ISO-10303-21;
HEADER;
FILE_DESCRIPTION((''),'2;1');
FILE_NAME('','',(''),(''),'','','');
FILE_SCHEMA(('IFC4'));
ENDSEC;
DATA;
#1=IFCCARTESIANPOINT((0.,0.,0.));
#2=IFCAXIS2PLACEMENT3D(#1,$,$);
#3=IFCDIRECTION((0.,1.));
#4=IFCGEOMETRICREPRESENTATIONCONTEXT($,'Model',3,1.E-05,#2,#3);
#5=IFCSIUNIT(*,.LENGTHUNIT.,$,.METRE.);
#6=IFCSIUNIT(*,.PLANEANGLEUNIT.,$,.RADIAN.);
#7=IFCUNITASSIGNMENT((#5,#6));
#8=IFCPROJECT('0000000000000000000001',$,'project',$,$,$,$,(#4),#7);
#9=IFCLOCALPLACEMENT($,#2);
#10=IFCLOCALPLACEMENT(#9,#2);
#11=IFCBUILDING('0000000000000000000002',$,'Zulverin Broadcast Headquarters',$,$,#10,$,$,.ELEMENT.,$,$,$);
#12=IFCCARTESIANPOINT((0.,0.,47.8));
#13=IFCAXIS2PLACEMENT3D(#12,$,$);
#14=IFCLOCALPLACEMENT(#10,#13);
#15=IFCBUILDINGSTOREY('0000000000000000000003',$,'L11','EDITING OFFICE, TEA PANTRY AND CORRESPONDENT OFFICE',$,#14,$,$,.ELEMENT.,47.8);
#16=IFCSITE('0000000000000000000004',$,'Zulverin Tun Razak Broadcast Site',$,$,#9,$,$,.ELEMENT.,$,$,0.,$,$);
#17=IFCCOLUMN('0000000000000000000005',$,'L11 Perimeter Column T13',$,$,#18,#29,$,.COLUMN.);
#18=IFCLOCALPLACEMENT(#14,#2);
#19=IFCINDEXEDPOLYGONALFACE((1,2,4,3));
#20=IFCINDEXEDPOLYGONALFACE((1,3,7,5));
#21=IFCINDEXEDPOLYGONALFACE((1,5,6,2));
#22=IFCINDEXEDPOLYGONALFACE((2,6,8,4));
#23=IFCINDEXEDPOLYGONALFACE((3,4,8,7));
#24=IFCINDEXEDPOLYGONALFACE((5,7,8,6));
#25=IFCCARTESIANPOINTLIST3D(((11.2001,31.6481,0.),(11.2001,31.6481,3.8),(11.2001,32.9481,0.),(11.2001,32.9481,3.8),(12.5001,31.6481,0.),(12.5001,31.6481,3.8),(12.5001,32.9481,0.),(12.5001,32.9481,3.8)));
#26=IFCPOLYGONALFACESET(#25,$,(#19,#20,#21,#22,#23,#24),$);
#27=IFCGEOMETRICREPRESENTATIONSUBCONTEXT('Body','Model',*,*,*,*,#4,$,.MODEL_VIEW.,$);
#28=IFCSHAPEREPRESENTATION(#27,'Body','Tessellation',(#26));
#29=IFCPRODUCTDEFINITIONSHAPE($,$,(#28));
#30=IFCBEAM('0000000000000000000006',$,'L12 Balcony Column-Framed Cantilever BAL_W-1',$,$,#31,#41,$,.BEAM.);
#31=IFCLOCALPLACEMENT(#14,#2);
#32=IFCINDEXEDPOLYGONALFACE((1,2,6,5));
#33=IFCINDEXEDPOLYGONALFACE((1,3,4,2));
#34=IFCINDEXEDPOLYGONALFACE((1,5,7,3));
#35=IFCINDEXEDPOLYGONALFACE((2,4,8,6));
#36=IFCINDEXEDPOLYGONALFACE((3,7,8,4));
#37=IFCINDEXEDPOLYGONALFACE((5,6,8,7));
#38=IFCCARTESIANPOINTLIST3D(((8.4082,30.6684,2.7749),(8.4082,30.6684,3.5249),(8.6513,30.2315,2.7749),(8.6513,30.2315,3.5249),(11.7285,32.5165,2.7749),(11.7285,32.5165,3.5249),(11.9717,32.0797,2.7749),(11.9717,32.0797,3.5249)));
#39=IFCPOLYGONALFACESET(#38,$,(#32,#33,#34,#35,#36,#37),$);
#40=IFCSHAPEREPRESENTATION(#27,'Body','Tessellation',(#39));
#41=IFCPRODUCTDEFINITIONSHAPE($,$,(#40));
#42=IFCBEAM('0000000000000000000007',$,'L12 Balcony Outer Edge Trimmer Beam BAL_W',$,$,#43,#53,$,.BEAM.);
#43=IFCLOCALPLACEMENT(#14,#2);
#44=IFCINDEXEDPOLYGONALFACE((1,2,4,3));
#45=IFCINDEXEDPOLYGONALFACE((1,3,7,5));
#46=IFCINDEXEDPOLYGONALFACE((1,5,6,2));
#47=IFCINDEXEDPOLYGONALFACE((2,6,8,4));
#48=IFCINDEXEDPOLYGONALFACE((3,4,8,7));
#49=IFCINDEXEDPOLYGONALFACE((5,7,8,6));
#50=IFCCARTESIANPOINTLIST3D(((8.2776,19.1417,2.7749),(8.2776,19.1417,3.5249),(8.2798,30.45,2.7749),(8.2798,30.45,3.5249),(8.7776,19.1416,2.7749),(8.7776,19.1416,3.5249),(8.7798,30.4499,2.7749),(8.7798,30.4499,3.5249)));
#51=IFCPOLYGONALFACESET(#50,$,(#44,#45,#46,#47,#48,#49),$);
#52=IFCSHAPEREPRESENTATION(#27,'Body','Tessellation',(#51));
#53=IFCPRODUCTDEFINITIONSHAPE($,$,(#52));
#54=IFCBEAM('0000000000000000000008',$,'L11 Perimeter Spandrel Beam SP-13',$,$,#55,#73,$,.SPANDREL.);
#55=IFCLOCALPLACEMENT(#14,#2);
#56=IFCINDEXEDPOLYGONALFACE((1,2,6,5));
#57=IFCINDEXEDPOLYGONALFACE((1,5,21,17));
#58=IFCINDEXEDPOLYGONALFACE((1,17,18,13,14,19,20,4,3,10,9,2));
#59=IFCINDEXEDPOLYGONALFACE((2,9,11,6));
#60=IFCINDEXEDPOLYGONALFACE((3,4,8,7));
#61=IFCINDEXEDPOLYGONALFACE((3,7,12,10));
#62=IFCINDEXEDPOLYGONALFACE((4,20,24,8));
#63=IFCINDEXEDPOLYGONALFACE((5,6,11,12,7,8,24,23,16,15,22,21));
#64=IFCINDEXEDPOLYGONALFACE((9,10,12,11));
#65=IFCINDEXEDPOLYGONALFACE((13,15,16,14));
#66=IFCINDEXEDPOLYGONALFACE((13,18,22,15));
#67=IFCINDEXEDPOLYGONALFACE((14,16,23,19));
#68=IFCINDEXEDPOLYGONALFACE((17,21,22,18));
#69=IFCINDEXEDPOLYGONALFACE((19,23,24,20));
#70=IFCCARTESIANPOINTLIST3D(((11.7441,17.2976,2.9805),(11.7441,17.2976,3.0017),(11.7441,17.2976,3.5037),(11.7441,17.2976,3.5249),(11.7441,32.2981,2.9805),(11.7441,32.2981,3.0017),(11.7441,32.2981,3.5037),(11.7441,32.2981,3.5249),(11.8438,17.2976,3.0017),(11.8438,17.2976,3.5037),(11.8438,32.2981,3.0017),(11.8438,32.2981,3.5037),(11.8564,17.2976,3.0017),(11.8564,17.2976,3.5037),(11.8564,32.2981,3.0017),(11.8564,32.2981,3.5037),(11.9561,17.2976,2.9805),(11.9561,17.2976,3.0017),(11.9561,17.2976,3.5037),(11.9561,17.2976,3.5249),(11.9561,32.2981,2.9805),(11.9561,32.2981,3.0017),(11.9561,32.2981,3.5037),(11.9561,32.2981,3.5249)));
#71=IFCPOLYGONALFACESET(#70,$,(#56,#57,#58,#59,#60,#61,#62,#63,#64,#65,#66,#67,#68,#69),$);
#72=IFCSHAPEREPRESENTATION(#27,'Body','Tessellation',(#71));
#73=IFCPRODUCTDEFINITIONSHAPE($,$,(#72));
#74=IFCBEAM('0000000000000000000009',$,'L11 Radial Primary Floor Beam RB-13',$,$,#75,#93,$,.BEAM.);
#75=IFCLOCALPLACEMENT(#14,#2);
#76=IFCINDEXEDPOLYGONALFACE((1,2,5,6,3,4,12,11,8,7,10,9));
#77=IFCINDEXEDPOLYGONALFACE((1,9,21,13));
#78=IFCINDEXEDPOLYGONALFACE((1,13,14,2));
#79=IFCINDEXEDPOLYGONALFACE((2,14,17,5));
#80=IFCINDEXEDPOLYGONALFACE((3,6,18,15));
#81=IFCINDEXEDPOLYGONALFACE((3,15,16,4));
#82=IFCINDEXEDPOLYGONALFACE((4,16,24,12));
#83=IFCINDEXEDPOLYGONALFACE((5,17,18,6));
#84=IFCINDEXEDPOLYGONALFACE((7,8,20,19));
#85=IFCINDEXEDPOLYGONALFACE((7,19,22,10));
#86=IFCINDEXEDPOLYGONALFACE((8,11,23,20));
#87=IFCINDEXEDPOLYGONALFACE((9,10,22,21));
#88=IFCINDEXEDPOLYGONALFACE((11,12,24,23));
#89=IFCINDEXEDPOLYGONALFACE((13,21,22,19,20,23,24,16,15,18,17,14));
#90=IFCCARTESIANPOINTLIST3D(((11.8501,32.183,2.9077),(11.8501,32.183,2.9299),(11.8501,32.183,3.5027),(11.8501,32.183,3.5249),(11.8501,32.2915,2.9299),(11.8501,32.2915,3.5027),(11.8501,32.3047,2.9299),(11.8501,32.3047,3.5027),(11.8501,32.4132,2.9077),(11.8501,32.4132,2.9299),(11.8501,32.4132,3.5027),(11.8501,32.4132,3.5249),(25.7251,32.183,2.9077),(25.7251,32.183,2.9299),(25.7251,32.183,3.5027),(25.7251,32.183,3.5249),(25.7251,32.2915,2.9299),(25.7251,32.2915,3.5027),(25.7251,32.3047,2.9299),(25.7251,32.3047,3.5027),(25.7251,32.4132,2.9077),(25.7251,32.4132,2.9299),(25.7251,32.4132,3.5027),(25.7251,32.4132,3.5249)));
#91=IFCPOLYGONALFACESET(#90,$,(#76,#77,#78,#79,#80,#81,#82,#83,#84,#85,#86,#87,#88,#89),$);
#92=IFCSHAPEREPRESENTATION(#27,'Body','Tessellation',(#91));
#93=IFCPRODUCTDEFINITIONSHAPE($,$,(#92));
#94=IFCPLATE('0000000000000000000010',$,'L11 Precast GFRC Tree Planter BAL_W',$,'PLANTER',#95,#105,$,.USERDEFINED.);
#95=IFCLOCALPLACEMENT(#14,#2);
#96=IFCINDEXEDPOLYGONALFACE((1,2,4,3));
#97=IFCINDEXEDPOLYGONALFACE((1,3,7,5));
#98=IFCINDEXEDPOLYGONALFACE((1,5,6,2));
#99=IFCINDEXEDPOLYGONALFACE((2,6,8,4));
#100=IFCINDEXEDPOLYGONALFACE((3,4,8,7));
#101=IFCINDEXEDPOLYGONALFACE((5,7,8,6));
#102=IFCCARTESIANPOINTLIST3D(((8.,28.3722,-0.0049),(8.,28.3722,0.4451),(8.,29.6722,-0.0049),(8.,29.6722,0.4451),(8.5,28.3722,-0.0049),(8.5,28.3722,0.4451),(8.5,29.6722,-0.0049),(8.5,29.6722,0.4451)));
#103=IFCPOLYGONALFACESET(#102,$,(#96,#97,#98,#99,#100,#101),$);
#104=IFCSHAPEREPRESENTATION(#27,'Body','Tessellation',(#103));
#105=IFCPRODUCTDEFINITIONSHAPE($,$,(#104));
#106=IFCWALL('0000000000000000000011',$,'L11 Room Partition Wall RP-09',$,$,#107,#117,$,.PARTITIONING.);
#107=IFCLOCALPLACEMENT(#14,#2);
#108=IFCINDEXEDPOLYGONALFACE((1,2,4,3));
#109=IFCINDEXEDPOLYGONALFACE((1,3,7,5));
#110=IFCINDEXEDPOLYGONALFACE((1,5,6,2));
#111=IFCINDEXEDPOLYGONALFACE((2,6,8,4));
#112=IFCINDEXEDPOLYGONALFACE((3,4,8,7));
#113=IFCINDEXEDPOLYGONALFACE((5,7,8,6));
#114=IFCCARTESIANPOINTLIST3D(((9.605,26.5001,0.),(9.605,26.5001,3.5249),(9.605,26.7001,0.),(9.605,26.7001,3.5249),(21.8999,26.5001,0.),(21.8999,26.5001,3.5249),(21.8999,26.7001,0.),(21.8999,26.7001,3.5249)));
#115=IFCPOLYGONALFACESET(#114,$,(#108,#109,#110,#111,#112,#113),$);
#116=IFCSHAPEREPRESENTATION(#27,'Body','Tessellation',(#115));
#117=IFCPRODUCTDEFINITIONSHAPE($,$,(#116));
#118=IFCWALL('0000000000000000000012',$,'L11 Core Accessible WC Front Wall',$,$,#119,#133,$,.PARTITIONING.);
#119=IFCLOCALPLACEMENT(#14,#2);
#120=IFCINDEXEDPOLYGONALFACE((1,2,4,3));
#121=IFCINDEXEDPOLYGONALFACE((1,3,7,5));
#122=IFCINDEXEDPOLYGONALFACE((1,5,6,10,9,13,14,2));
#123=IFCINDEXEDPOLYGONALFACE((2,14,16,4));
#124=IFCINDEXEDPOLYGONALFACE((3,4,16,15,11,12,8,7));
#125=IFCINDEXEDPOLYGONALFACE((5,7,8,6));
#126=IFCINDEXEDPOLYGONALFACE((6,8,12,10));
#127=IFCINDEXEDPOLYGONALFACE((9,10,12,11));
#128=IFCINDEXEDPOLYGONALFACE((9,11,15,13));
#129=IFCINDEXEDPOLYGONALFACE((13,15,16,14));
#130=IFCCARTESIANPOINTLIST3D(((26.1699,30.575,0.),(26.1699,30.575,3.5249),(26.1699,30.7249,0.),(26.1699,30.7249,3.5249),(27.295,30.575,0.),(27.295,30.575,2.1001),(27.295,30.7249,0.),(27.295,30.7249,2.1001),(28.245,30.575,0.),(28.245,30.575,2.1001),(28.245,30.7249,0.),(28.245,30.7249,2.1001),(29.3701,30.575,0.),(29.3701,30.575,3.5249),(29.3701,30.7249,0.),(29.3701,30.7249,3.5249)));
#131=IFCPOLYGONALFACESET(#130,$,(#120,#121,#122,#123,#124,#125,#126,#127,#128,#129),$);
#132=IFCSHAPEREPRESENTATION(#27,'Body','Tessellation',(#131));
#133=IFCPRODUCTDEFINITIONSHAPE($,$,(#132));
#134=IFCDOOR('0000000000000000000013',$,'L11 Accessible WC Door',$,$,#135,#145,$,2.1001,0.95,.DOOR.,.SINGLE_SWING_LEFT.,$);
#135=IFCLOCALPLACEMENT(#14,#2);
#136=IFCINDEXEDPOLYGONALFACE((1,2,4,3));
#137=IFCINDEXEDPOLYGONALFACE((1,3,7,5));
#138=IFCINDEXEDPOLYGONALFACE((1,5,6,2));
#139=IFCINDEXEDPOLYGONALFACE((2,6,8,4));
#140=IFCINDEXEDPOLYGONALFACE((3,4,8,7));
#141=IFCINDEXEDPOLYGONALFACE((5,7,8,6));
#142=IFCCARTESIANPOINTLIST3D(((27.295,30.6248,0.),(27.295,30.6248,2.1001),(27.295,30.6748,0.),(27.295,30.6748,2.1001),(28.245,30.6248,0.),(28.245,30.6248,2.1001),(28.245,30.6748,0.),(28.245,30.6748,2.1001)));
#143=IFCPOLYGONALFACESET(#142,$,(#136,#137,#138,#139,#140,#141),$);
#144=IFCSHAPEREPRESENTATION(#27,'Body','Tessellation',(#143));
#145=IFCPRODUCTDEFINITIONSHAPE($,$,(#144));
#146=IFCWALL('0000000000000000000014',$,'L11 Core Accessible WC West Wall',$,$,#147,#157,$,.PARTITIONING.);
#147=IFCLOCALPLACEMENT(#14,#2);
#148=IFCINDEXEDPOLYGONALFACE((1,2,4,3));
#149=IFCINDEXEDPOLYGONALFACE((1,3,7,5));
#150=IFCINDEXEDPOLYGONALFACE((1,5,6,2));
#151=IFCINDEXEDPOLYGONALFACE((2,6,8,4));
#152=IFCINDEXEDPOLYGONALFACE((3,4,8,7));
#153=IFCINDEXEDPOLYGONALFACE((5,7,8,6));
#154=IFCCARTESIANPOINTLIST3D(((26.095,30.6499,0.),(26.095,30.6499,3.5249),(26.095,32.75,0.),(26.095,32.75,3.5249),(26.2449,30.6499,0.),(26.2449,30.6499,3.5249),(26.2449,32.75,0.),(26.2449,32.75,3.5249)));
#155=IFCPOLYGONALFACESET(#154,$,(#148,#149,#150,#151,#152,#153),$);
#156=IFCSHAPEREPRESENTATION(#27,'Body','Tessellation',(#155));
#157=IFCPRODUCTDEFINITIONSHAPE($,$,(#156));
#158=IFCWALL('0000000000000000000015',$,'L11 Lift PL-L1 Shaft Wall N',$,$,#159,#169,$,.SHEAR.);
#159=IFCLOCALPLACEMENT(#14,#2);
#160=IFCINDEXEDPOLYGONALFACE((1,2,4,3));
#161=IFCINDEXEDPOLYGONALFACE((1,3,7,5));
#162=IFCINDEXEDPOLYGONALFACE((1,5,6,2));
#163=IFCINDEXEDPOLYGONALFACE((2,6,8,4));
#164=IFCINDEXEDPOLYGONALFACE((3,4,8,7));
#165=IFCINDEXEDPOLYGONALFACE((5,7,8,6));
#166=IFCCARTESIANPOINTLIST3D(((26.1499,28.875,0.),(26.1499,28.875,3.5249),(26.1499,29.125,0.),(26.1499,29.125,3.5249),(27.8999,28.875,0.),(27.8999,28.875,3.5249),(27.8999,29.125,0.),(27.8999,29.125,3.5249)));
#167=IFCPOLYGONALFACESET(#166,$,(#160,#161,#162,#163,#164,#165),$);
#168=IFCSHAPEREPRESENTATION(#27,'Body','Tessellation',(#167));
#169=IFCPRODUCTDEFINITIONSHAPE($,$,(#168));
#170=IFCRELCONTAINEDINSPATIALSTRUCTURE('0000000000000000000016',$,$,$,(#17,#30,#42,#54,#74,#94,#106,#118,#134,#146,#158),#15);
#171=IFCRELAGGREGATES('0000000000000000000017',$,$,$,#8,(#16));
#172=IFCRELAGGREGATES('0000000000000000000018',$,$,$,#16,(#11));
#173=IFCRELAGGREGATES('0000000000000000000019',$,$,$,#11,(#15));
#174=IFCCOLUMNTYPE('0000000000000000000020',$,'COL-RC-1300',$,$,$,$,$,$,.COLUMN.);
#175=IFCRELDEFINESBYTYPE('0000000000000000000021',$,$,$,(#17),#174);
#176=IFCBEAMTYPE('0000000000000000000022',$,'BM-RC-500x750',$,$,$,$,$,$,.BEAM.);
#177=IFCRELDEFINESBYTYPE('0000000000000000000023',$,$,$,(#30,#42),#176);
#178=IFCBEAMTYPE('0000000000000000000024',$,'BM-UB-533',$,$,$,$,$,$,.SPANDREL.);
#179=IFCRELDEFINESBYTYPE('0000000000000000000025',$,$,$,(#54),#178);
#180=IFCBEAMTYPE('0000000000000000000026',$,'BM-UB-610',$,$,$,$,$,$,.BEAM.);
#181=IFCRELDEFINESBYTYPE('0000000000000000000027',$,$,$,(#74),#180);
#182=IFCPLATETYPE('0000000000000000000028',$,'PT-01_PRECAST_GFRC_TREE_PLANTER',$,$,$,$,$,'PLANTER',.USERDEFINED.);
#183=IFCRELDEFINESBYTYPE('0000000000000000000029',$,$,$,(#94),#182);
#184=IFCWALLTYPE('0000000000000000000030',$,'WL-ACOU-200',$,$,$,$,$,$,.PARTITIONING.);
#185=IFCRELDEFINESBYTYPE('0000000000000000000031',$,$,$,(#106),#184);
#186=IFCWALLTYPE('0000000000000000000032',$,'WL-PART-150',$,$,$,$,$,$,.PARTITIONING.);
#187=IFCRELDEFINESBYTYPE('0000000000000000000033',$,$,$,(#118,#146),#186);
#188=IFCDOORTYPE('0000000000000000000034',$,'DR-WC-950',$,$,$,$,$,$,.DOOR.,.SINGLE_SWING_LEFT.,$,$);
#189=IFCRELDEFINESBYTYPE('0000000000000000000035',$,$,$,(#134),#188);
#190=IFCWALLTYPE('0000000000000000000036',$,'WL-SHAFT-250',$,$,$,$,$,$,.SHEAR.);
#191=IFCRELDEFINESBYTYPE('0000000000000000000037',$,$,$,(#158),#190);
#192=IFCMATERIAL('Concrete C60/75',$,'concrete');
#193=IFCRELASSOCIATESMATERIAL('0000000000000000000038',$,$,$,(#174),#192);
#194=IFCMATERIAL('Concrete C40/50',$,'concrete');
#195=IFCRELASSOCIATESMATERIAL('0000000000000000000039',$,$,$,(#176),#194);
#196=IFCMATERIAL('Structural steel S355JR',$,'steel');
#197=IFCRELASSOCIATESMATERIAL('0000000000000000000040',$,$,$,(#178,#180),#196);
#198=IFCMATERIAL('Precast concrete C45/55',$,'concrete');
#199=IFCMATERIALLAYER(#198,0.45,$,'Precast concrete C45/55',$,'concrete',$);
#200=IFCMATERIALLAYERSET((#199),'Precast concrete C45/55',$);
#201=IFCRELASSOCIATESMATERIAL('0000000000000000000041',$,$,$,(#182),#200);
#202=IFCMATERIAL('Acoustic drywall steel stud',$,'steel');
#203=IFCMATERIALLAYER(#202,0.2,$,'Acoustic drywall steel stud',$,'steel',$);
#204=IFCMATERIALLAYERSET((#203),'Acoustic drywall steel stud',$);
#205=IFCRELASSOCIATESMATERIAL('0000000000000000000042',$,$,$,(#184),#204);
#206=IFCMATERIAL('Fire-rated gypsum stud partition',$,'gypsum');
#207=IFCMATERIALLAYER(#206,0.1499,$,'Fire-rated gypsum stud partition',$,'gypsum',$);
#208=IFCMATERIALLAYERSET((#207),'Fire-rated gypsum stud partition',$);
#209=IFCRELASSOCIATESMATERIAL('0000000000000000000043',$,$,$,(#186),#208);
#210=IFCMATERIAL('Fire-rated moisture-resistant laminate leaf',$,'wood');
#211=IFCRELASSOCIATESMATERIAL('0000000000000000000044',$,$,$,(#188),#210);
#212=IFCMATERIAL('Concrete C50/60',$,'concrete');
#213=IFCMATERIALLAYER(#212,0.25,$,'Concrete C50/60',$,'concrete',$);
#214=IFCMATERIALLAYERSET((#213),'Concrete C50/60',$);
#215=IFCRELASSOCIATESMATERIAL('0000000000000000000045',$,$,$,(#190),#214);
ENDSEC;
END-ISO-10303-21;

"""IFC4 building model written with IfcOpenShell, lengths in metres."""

from ifc_helpers import new_model, si_unit, direction, frame, frame_2d, origin, origin_2d, place, context, subcontext, project, spatial, rectangle, i_section, extrude, material, layer, layer_set, material_profile, profile_set, type_object, element, fill, save


model = new_model("IFC4")

# Units and contexts
model_context = context("Model", 3, precision=1e-05, world=origin(), true_north=direction((0.0, 1.0)))
body_context = subcontext(model_context, "Body", "Model", "MODEL_VIEW")
ifc_project = project(units=[si_unit("LENGTHUNIT", "METRE"), si_unit("PLANEANGLEUNIT", "RADIAN")], contexts=[model_context])

# Site, building, storey
site_placement = place(None, origin())
site = spatial("IfcSite", under=ifc_project, at=site_placement, Name="Zulverin Tun Razak Broadcast Site", CompositionType="ELEMENT", RefElevation=0.0)
building_placement = place(site_placement, origin())
building = spatial("IfcBuilding", under=site, at=building_placement, Name="Zulverin Broadcast Headquarters", CompositionType="ELEMENT")
storey_placement = place(building_placement, frame((0.0, 0.0, 47.8)))
storey = spatial("IfcBuildingStorey", under=building, at=storey_placement, Name="L11", Description="EDITING OFFICE, TEA PANTRY AND CORRESPONDENT OFFICE", CompositionType="ELEMENT", Elevation=47.8)

# Column
ifc_material_1 = material(Name="Concrete C60/75", Category="concrete")
ifc_material_profile_1 = material_profile(ifc_material_1, rectangle(XDim=1.3, YDim=1.3, at=origin_2d()), Name="Concrete C60/75", Category="concrete")
ifc_profile_set_1 = profile_set([ifc_material_profile_1], Name="Concrete C60/75")
column_type = type_object("IfcColumnType", Name="COL-RC-1300", PredefinedType="COLUMN", material=ifc_profile_set_1)
column_placement = place(storey_placement, frame((11.8501, 32.2981, 0.0), z_axis=(0.0, 0.0, 1.0), x_axis=(1.0, 0.0, 0.0)))
element("IfcColumn", 1, at=column_placement, inside=storey, type_object=column_type, Name="L11 Perimeter Column T13", PredefinedType="COLUMN", context=body_context, shape_type="SweptSolid", body=[
    extrude(rectangle(XDim=1.3, YDim=1.3, at=origin_2d()), origin(), (0.0, 0.0, 1.0), 3.8),
])

# Beams
ifc_material_2 = material(Name="Concrete C40/50", Category="concrete")
ifc_material_profile_2 = material_profile(ifc_material_2, rectangle(XDim=0.5, YDim=0.75, at=origin_2d()), Name="Concrete C40/50", Category="concrete")
ifc_profile_set_2 = profile_set([ifc_material_profile_2], Name="Concrete C40/50")
beam_type_1 = type_object("IfcBeamType", Name="BM-RC-500x750", PredefinedType="BEAM", material=ifc_profile_set_2)
beam_1_placement = place(storey_placement, frame((11.8501, 32.2981, 3.1499), z_axis=(-0.873763, -0.486352, 0.0), x_axis=(0.486352, -0.873763, 0.0)))
element("IfcBeam", 2, at=beam_1_placement, inside=storey, type_object=beam_type_1, Name="L12 Balcony Column-Framed Cantilever BAL_W-1", PredefinedType="BEAM", context=body_context, shape_type="SweptSolid", body=[
    extrude(rectangle(XDim=0.5, YDim=0.75, at=origin_2d()), origin(), (0.0, 0.0, 1.0), 3.8),
])
beam_2_placement = place(storey_placement, frame((8.5298, 30.45, 3.1499), z_axis=(-0.000194, -1.0, 0.0), x_axis=(1.0, -0.000194, 0.0)))
element("IfcBeam", 3, at=beam_2_placement, inside=storey, type_object=beam_type_1, Name="L12 Balcony Outer Edge Trimmer Beam BAL_W", PredefinedType="BEAM", context=body_context, shape_type="SweptSolid", body=[
    extrude(rectangle(XDim=0.5, YDim=0.75, at=origin_2d()), origin(), (0.0, 0.0, 1.0), 11.3083),
])
ifc_material_3 = material(Name="Structural steel S355JR", Category="steel")
ifc_material_profile_3 = material_profile(ifc_material_3, i_section(OverallWidth=0.2119, OverallDepth=0.5444, WebThickness=0.0127, FlangeThickness=0.0212, at=origin_2d()), Name="Structural steel S355JR", Category="steel")
ifc_profile_set_3 = profile_set([ifc_material_profile_3], Name="Structural steel S355JR")
beam_type_2 = type_object("IfcBeamType", Name="BM-UB-533", PredefinedType="SPANDREL", material=ifc_profile_set_3)
beam_3_placement = place(storey_placement, frame((11.8501, 32.2981, 3.2527), z_axis=(0.0, -1.0, 0.0), x_axis=(1.0, 0.0, 0.0)))
element("IfcBeam", 4, at=beam_3_placement, inside=storey, type_object=beam_type_2, Name="L11 Perimeter Spandrel Beam SP-13", PredefinedType="SPANDREL", context=body_context, shape_type="SweptSolid", body=[
    extrude(i_section(OverallWidth=0.2119, OverallDepth=0.5444, WebThickness=0.0127, FlangeThickness=0.0212, at=origin_2d()), origin(), (0.0, 0.0, 1.0), 15.0005),
])
ifc_material_profile_4 = material_profile(ifc_material_3, i_section(OverallWidth=0.2302, OverallDepth=0.6172, WebThickness=0.0132, FlangeThickness=0.0222, at=origin_2d()), Name="Structural steel S355JR", Category="steel")
ifc_profile_set_4 = profile_set([ifc_material_profile_4], Name="Structural steel S355JR")
beam_type_3 = type_object("IfcBeamType", Name="BM-UB-610", PredefinedType="BEAM", material=ifc_profile_set_4)
beam_4_placement = place(storey_placement, frame((25.7251, 32.2981, 3.2163), z_axis=(-1.0, 0.0, 0.0), x_axis=(0.0, -1.0, 0.0)))
element("IfcBeam", 5, at=beam_4_placement, inside=storey, type_object=beam_type_3, Name="L11 Radial Primary Floor Beam RB-13", PredefinedType="BEAM", context=body_context, shape_type="SweptSolid", body=[
    extrude(i_section(OverallWidth=0.2302, OverallDepth=0.6172, WebThickness=0.0132, FlangeThickness=0.0222, at=origin_2d()), origin(), (0.0, 0.0, 1.0), 13.875),
])

# Plate
ifc_material_4 = material(Name="Precast concrete C45/55", Category="concrete")
ifc_layer_1 = layer(ifc_material_4, 0.45, Name="Precast concrete C45/55", Category="concrete")
ifc_layer_set_1 = layer_set([ifc_layer_1], Name="Precast concrete C45/55")
plate_type = type_object("IfcPlateType", Name="PT-01_PRECAST_GFRC_TREE_PLANTER", ElementType="PLANTER", PredefinedType="USERDEFINED", material=ifc_layer_set_1)
plate_placement = place(storey_placement, frame((8.25, 29.0222, -0.0049), z_axis=(0.0, 0.0, 1.0), x_axis=(0.0, 1.0, 0.0)))
element("IfcPlate", 6, at=plate_placement, inside=storey, type_object=plate_type, Name="L11 Precast GFRC Tree Planter BAL_W", ObjectType="PLANTER", PredefinedType="USERDEFINED", context=body_context, shape_type="SweptSolid", body=[
    extrude(rectangle(XDim=1.3, YDim=0.5, at=origin_2d()), origin(), (0.0, 0.0, 1.0), 0.45),
])

# Wall
ifc_material_5 = material(Name="Acoustic drywall steel stud", Category="steel")
ifc_layer_2 = layer(ifc_material_5, 0.2, Name="Acoustic drywall steel stud", Category="steel")
ifc_layer_set_2 = layer_set([ifc_layer_2], Name="Acoustic drywall steel stud")
wall_type_1 = type_object("IfcWallType", Name="WL-ACOU-200", PredefinedType="PARTITIONING", material=ifc_layer_set_2)
wall_1_placement = place(storey_placement, frame((9.605, 26.6001, 0.0), z_axis=(0.0, 0.0, 1.0), x_axis=(1.0, 0.0, 0.0)))
element("IfcWall", 7, at=wall_1_placement, inside=storey, type_object=wall_type_1, Name="L11 Room Partition Wall RP-09", PredefinedType="PARTITIONING", context=body_context, shape_type="SweptSolid", body=[
    extrude(rectangle(XDim=12.2949, YDim=0.2, at=frame_2d((6.1475, 0.0))), origin(), (0.0, 0.0, 1.0), 3.5249),
])

# Wall, opening, door
ifc_material_6 = material(Name="Fire-rated gypsum stud partition", Category="gypsum")
ifc_layer_3 = layer(ifc_material_6, 0.1499, Name="Fire-rated gypsum stud partition", Category="gypsum")
ifc_layer_set_3 = layer_set([ifc_layer_3], Name="Fire-rated gypsum stud partition")
wall_type_2 = type_object("IfcWallType", Name="WL-PART-150", PredefinedType="PARTITIONING", material=ifc_layer_set_3)
wall_2_placement = place(storey_placement, frame((26.1699, 30.6499, 0.0), z_axis=(0.0, 0.0, 1.0), x_axis=(1.0, 0.0, 0.0)))
wall_2 = element("IfcWall", 8, at=wall_2_placement, inside=storey, type_object=wall_type_2, Name="L11 Core Accessible WC Front Wall", PredefinedType="PARTITIONING", context=body_context, shape_type="SweptSolid", body=[
    extrude(rectangle(XDim=3.2002, YDim=0.1499, at=frame_2d((1.6001, 0.0))), origin(), (0.0, 0.0, 1.0), 3.5249),
])
opening_1_placement = place(wall_2_placement, frame((1.125, 0.0, 0.0)))
opening_1 = element("IfcOpeningElement", 9, at=opening_1_placement, cuts=wall_2, PredefinedType="OPENING", context=body_context, shape_type="SweptSolid", body=[
    extrude(rectangle(XDim=0.95, YDim=2.1001, at=frame_2d((0.4751, 1.05))), frame((0.0, 0.085, 0.0), z_axis=(0.0, -1.0, 0.0), x_axis=(1.0, 0.0, 0.0)), (0.0, 0.0, 1.0), 0.1699),
])
ifc_material_7 = material(Name="Fire-rated moisture-resistant laminate leaf", Category="wood")
door_type_1 = type_object("IfcDoorType", Name="DR-WC-950", OperationType="SINGLE_SWING_LEFT", PredefinedType="DOOR", material=ifc_material_7)
door_1_placement = place(opening_1_placement, origin())
door_1 = element("IfcDoor", 10, at=door_1_placement, inside=storey, type_object=door_type_1, Name="L11 Accessible WC Door", OperationType="SINGLE_SWING_LEFT", OverallHeight=2.1001, OverallWidth=0.95, PredefinedType="DOOR", context=body_context, shape_type="SweptSolid", body=[
    extrude(rectangle(XDim=0.95, YDim=2.1001, at=frame_2d((0.4751, 1.05))), frame((0.0, 0.0249, 0.0), z_axis=(0.0, -1.0, 0.0), x_axis=(1.0, 0.0, 0.0)), (0.0, 0.0, 1.0), 0.05),
])
fill(opening_1, door_1)

# Wall
wall_3_placement = place(storey_placement, frame((26.1699, 30.6499, 0.0), z_axis=(0.0, 0.0, 1.0), x_axis=(0.0, 1.0, 0.0)))
element("IfcWall", 11, at=wall_3_placement, inside=storey, type_object=wall_type_2, Name="L11 Core Accessible WC West Wall", PredefinedType="PARTITIONING", context=body_context, shape_type="SweptSolid", body=[
    extrude(rectangle(XDim=2.1001, YDim=0.1499, at=frame_2d((1.05, 0.0))), origin(), (0.0, 0.0, 1.0), 3.5249),
])

# Shared definitions
ifc_material_8 = material(Name="Concrete C50/60", Category="concrete")
ifc_layer_4 = layer(ifc_material_8, 0.25, Name="Concrete C50/60", Category="concrete")
ifc_layer_set_4 = layer_set([ifc_layer_4], Name="Concrete C50/60")
wall_type_3 = type_object("IfcWallType", Name="WL-SHAFT-250", PredefinedType="SHEAR", material=ifc_layer_set_4)

# Wall
wall_4_placement = place(storey_placement, frame((26.1499, 29.0, 0.0), z_axis=(0.0, 0.0, 1.0), x_axis=(1.0, 0.0, 0.0)))
element("IfcWall", 12, at=wall_4_placement, inside=storey, type_object=wall_type_3, Name="L11 Lift PL-L1 Shaft Wall N", PredefinedType="SHEAR", context=body_context, shape_type="SweptSolid", body=[
    extrude(rectangle(XDim=1.75, YDim=0.25, at=frame_2d((0.875, 0.0))), origin(), (0.0, 0.0, 1.0), 3.5249),
])

save(model, "model.ifc")
